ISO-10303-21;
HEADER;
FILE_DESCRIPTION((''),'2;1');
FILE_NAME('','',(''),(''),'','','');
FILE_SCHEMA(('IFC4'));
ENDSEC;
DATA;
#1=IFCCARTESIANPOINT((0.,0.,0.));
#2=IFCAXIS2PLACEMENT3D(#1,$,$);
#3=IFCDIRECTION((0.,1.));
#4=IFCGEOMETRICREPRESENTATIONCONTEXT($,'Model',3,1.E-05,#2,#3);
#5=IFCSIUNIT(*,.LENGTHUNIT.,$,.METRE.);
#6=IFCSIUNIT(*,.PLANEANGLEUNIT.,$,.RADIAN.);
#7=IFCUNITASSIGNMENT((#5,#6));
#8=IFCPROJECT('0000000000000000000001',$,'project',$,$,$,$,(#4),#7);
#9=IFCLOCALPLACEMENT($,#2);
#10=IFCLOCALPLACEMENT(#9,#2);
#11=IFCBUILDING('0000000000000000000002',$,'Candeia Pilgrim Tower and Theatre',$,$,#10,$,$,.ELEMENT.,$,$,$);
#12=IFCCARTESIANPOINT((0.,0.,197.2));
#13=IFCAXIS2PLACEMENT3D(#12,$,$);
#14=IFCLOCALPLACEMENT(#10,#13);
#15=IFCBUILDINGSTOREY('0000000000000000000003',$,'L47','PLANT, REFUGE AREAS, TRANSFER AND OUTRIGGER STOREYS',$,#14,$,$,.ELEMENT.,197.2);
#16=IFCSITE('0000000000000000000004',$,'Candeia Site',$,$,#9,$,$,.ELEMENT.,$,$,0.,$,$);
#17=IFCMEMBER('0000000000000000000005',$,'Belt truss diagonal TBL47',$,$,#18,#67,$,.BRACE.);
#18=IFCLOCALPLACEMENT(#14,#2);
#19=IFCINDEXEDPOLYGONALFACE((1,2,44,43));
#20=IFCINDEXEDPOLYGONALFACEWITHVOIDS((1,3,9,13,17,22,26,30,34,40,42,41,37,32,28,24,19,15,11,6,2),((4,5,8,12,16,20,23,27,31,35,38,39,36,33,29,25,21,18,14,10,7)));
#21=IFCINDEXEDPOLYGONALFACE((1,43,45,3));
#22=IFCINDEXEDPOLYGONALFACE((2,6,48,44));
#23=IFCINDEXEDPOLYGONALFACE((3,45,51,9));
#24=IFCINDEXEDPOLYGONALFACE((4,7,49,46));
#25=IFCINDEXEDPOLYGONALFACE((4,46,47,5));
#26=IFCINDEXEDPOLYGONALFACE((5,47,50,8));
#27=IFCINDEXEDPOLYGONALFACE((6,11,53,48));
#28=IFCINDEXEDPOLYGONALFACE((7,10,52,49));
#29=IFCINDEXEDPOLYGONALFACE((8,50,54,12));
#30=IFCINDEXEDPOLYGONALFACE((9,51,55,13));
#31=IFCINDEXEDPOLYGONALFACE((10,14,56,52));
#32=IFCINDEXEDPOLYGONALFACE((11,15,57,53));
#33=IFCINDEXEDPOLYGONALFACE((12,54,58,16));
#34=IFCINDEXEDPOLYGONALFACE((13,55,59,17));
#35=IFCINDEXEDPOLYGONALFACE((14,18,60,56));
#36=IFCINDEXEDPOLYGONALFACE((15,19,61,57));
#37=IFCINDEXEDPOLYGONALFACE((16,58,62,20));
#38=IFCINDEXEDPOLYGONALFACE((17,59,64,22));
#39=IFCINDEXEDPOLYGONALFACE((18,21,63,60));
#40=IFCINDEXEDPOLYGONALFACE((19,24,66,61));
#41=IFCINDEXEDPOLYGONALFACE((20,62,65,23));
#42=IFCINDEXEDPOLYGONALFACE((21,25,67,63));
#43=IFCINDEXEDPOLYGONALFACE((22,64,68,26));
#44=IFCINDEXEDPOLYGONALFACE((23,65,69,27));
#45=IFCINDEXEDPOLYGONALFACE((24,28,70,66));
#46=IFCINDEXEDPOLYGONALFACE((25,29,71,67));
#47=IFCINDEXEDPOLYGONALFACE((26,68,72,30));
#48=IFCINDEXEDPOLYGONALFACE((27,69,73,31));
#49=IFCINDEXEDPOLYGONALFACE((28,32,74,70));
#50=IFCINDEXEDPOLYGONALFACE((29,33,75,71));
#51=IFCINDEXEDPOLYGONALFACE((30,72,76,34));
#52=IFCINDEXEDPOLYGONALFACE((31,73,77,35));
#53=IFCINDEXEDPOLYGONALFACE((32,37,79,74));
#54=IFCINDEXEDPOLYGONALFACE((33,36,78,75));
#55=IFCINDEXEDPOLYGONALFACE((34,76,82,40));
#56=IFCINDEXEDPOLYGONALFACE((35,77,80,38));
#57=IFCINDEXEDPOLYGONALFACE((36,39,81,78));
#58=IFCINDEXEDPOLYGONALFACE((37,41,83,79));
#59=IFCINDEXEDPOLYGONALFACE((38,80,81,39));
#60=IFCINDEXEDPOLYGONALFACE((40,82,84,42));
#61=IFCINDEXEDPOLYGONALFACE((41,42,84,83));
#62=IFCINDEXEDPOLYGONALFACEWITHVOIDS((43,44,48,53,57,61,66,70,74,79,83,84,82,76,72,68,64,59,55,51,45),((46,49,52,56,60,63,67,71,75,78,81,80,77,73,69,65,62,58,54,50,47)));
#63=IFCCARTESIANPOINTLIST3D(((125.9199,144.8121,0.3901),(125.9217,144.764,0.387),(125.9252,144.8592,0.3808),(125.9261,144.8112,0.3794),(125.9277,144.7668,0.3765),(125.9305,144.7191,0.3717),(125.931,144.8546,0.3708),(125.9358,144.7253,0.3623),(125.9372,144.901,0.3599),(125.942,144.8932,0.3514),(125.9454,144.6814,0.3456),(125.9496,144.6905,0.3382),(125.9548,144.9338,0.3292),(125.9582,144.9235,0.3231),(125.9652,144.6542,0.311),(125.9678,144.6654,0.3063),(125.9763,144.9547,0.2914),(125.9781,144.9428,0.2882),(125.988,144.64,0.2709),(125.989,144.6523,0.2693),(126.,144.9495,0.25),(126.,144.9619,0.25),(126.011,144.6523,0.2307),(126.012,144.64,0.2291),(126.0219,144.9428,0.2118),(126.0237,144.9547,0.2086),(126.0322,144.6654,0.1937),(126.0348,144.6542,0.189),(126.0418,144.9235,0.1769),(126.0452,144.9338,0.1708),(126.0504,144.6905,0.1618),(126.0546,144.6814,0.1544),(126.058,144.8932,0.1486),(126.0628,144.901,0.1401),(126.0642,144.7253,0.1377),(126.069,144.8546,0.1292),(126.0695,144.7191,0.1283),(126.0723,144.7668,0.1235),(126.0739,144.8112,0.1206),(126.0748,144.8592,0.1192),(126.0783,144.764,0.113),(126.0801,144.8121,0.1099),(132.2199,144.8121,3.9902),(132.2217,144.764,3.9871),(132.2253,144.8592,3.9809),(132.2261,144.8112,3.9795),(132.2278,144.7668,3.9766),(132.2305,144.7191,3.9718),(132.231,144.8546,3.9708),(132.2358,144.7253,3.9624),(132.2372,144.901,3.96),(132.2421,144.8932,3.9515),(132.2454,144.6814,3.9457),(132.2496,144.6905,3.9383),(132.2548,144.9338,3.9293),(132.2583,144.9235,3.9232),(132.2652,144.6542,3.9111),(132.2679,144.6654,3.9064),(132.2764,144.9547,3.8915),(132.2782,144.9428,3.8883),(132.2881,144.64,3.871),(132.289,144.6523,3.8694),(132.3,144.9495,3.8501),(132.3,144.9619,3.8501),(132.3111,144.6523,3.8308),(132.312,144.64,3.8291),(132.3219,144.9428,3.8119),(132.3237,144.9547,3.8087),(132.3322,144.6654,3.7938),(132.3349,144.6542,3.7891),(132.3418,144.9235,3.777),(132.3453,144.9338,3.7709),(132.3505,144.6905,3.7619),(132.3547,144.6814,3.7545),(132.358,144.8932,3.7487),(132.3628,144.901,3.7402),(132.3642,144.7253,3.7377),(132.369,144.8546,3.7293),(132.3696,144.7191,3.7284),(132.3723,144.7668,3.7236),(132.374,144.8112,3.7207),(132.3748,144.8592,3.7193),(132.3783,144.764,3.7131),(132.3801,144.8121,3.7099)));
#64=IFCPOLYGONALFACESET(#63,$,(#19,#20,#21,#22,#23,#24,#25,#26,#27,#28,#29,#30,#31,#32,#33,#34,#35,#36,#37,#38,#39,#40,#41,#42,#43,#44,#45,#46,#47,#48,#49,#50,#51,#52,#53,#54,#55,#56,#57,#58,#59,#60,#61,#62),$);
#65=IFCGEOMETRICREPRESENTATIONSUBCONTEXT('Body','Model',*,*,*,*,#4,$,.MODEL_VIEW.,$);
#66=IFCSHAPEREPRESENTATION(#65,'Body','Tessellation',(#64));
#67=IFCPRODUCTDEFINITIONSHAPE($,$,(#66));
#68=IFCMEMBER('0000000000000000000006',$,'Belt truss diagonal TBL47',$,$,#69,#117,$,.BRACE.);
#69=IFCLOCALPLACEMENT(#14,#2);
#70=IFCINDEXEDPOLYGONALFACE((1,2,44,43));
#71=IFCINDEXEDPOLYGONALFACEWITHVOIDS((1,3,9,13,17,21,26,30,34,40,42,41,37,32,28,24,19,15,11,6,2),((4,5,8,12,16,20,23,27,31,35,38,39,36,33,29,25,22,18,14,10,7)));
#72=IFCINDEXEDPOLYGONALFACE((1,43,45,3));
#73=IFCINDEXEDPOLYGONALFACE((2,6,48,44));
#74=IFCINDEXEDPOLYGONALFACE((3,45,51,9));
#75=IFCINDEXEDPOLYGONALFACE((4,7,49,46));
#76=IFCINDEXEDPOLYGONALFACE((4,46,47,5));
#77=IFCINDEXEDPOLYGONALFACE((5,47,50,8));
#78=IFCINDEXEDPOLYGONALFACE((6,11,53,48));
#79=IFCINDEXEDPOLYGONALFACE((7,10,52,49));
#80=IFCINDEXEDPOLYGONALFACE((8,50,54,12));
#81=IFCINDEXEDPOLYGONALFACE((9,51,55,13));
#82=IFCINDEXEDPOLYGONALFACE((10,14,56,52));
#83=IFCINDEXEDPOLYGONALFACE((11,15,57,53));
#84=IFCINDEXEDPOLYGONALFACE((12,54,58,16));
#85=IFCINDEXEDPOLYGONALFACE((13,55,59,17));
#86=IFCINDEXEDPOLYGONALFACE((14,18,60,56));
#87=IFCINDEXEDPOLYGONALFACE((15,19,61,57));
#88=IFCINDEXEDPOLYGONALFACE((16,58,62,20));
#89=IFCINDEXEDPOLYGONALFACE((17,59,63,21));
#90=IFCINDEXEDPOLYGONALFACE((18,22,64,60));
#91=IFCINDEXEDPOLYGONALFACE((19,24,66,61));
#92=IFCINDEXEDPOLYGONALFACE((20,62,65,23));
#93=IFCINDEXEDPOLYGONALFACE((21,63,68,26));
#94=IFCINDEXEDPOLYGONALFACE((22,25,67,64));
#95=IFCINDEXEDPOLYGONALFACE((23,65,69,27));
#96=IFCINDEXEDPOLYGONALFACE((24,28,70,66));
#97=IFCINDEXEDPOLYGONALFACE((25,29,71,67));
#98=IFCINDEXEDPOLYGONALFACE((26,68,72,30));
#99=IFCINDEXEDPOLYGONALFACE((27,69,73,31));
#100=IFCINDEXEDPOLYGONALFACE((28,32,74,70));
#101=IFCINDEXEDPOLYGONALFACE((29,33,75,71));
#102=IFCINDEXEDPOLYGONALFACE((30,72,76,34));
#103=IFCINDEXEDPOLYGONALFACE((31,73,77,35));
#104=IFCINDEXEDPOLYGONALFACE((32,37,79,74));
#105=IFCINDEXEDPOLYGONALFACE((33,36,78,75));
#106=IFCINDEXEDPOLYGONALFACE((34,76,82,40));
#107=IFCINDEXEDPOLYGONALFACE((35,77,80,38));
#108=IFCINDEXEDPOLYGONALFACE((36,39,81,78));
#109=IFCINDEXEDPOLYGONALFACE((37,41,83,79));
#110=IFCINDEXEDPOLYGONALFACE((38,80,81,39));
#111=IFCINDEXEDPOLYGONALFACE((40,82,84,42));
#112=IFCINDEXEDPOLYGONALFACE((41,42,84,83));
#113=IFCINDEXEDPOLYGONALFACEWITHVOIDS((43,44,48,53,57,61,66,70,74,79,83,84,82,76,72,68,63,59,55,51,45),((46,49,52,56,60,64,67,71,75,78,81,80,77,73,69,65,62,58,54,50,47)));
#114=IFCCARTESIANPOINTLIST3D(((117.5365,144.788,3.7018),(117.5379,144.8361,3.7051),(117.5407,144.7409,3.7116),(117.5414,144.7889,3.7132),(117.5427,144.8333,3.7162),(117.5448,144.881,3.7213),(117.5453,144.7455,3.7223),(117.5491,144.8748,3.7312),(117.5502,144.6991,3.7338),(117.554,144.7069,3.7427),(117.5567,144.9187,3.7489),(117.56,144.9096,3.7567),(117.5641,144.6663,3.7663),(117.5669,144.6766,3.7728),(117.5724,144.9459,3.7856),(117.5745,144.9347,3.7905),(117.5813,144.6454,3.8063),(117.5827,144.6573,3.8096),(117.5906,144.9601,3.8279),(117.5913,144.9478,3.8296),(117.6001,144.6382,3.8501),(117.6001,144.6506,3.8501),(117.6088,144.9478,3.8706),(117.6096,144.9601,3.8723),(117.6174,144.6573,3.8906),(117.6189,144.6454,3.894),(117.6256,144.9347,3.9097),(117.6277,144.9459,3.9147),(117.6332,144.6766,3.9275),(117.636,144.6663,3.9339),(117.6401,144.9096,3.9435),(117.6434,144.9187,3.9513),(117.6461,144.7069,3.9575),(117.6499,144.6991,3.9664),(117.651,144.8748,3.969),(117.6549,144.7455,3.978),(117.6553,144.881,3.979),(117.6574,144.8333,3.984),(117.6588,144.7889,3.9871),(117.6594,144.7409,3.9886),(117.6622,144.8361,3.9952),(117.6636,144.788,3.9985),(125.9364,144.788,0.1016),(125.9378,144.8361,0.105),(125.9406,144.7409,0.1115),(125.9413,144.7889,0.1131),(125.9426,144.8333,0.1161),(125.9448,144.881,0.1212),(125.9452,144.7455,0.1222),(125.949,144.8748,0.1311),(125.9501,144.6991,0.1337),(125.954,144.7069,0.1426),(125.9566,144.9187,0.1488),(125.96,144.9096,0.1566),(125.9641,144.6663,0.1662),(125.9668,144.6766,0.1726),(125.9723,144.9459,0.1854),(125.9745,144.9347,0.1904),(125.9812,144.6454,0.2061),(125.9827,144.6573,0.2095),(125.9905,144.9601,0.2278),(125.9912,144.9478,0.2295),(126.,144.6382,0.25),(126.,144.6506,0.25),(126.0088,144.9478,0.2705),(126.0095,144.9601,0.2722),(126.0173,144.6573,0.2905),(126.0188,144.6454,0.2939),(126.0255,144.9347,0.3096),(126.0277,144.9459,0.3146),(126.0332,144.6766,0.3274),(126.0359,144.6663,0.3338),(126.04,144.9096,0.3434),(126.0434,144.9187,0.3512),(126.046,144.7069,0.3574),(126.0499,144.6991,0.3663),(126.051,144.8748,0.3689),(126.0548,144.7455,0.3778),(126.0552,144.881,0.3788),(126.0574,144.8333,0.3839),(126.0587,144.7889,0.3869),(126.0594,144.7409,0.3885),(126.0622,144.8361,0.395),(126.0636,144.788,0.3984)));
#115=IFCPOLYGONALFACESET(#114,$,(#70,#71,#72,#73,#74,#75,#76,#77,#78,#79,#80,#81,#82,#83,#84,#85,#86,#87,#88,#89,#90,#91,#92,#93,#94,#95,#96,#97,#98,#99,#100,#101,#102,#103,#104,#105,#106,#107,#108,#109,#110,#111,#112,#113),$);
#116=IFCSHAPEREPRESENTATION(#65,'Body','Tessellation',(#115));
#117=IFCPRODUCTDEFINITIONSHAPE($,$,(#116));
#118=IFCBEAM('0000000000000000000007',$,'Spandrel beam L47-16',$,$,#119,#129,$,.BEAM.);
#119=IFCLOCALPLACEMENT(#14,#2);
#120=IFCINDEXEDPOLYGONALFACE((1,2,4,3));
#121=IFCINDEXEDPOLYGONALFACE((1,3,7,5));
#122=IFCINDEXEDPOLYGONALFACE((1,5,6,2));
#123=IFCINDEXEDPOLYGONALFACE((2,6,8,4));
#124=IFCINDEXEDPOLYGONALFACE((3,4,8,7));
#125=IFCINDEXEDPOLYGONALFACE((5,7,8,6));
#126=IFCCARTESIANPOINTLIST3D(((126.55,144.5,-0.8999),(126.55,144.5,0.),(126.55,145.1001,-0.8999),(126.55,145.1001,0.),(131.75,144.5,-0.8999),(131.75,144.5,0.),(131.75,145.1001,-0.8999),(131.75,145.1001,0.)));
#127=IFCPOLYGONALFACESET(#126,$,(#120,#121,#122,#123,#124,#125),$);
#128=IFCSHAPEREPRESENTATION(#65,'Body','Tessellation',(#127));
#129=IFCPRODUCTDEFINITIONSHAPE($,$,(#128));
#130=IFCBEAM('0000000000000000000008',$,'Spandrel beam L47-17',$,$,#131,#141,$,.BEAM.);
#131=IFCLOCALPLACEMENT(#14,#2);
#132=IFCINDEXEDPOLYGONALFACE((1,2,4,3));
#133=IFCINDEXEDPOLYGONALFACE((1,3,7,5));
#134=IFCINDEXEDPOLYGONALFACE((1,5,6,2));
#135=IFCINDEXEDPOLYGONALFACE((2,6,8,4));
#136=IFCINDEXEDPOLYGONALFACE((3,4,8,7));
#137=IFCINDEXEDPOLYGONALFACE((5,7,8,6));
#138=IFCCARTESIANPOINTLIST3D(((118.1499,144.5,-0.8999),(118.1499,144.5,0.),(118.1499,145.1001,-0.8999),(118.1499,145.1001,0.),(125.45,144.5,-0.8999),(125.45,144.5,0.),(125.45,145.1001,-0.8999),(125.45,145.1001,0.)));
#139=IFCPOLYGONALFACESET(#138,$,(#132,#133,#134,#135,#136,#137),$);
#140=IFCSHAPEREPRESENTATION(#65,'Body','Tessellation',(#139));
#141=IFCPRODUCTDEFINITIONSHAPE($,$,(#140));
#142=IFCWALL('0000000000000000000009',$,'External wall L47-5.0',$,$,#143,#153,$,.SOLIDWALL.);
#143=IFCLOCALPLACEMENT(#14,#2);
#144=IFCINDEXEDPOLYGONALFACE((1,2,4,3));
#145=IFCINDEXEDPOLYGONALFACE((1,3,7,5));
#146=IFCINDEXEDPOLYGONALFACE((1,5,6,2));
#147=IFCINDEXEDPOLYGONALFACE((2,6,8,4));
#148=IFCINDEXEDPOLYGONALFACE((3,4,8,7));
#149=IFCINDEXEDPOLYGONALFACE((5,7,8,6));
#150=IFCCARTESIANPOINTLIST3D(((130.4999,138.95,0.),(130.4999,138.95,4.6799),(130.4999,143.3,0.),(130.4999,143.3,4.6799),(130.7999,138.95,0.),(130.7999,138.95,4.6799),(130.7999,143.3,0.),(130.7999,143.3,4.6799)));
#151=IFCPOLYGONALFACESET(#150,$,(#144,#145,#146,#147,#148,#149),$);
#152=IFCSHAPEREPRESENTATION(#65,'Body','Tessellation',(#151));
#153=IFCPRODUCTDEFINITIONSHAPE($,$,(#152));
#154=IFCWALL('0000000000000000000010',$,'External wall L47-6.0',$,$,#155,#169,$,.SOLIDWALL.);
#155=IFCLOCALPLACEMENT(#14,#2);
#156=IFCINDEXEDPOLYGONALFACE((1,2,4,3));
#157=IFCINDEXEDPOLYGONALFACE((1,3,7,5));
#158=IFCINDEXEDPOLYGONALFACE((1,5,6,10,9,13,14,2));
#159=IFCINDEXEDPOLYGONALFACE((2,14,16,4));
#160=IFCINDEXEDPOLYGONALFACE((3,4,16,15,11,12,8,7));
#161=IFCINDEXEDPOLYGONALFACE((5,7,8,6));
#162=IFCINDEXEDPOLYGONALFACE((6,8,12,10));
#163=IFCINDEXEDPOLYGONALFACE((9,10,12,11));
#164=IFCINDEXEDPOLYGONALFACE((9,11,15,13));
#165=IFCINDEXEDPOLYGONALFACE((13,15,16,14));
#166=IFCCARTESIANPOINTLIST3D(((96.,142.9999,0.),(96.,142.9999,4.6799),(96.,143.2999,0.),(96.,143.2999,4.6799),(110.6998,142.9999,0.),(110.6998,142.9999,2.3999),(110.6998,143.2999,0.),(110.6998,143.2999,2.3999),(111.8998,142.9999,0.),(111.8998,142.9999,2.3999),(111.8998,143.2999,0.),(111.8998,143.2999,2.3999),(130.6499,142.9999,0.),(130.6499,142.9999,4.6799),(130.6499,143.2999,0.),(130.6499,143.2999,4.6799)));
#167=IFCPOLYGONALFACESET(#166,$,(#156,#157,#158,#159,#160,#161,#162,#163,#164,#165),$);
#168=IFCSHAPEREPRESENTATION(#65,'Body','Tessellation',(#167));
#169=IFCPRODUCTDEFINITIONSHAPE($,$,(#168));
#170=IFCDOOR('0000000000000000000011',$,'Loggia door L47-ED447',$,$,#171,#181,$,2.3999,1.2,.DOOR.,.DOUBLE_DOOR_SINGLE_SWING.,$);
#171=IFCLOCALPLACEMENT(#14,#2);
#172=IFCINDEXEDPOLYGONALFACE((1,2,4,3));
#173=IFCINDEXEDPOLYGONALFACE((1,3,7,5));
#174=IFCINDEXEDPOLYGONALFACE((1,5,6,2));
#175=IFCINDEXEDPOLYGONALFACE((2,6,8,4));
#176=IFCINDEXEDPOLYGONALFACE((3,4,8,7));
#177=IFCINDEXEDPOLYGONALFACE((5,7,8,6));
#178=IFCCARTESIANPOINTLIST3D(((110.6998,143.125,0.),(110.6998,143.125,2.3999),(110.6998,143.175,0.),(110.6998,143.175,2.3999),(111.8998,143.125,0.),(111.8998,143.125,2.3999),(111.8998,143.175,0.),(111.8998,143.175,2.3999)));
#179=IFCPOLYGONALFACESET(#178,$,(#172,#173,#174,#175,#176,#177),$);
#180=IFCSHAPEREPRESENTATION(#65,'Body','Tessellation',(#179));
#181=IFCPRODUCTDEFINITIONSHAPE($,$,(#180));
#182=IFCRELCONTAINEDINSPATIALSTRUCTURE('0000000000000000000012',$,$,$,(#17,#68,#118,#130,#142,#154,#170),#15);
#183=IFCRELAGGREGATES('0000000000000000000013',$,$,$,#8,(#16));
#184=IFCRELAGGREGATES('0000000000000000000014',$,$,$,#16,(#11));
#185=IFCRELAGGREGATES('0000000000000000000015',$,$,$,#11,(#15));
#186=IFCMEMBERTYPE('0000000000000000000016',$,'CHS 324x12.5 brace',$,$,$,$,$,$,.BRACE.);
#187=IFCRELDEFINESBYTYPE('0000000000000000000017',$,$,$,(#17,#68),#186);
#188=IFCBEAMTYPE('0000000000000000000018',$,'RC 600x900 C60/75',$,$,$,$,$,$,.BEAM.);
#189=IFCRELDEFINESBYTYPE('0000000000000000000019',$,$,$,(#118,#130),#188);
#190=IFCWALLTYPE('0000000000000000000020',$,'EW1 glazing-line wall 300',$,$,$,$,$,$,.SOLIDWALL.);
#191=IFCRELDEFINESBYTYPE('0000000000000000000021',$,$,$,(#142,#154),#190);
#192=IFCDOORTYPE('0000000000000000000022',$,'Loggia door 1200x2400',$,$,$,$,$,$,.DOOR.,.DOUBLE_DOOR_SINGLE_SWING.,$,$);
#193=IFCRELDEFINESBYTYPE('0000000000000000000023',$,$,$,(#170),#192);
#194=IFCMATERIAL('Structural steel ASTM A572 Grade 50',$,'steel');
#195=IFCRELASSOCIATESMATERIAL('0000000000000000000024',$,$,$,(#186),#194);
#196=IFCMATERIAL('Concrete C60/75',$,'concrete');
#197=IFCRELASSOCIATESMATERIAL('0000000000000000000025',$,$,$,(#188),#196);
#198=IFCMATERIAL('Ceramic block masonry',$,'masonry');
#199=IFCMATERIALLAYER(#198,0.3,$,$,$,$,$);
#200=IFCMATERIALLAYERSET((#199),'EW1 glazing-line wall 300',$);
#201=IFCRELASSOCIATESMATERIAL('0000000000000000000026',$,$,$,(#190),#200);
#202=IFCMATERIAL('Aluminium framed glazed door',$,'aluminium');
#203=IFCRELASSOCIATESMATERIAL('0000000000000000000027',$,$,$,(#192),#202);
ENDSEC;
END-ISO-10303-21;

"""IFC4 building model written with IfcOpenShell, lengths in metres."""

from ifc_helpers import new_model, si_unit, direction, frame, frame_2d, origin, origin_2d, place, context, subcontext, project, spatial, rectangle, hollow_circle, extrude, material, layer, layer_set, material_profile, profile_set, type_object, element, fill, save


model = new_model("IFC4")

# Units and contexts
model_context = context("Model", 3, precision=1e-05, world=origin(), true_north=direction((0.0, 1.0)))
body_context = subcontext(model_context, "Body", "Model", "MODEL_VIEW")
ifc_project = project(units=[si_unit("LENGTHUNIT", "METRE"), si_unit("PLANEANGLEUNIT", "RADIAN")], contexts=[model_context])

# Site, building, storey
site_placement = place(None, origin())
site = spatial("IfcSite", under=ifc_project, at=site_placement, Name="Candeia Site", CompositionType="ELEMENT", RefElevation=0.0)
building_placement = place(site_placement, origin())
building = spatial("IfcBuilding", under=site, at=building_placement, Name="Candeia Pilgrim Tower and Theatre", CompositionType="ELEMENT")
storey_placement = place(building_placement, frame((0.0, 0.0, 197.2)))
storey = spatial("IfcBuildingStorey", under=building, at=storey_placement, Name="L47", Description="PLANT, REFUGE AREAS, TRANSFER AND OUTRIGGER STOREYS", CompositionType="ELEMENT", Elevation=197.2)

# Shared definitions
ifc_material_1 = material(Name="Concrete C60/75", Category="concrete")

# Members
ifc_material_2 = material(Name="Structural steel ASTM A572 Grade 50", Category="steel")
ifc_material_profile_1 = material_profile(ifc_material_2, hollow_circle(Radius=0.1619, WallThickness=0.0125, at=origin_2d()))
ifc_profile_set_1 = profile_set([ifc_material_profile_1], Name="Structural steel ASTM A572 Grade 50")
member_type_1 = type_object("IfcMemberType", Name="CHS 324x12.5 brace", PredefinedType="BRACE", material=ifc_profile_set_1)
member_1_placement = place(storey_placement, frame((126.0, 144.8, 0.25), z_axis=(0.868239, 0.0, 0.496146), x_axis=(0.0, 1.0, 0.0)))
element("IfcMember", 1, at=member_1_placement, inside=storey, type_object=member_type_1, Name="Belt truss diagonal TBL47", PredefinedType="BRACE", context=body_context, shape_type="SweptSolid", body=[
    extrude(hollow_circle(Radius=0.1619, WallThickness=0.0125, at=origin_2d()), origin(), (0.0, 0.0, 1.0), 7.2561),
])
member_2_placement = place(storey_placement, frame((126.0, 144.8, 0.25), z_axis=(-0.91914, 0.0, 0.393932), x_axis=(0.0, -1.0, 0.0)))
element("IfcMember", 2, at=member_2_placement, inside=storey, type_object=member_type_1, Name="Belt truss diagonal TBL47", PredefinedType="BRACE", context=body_context, shape_type="SweptSolid", body=[
    extrude(hollow_circle(Radius=0.1619, WallThickness=0.0125, at=origin_2d()), origin(), (0.0, 0.0, 1.0), 9.1389),
])

# Beams
ifc_material_profile_2 = material_profile(ifc_material_1, rectangle(XDim=0.6001, YDim=0.8999, at=origin_2d()))
ifc_profile_set_2 = profile_set([ifc_material_profile_2], Name="Concrete C60/75")
beam_type = type_object("IfcBeamType", Name="RC 600x900 C60/75", PredefinedType="BEAM", material=ifc_profile_set_2)
beam_1_placement = place(storey_placement, frame((131.75, 144.8, -0.45), z_axis=(-1.0, 0.0, 0.0), x_axis=(0.0, -1.0, 0.0)))
element("IfcBeam", 3, at=beam_1_placement, inside=storey, type_object=beam_type, Name="Spandrel beam L47-16", PredefinedType="BEAM", context=body_context, shape_type="SweptSolid", body=[
    extrude(rectangle(XDim=0.6001, YDim=0.8999, at=origin_2d()), origin(), (0.0, 0.0, 1.0), 5.2),
])
beam_2_placement = place(storey_placement, frame((125.45, 144.8, -0.45), z_axis=(-1.0, 0.0, 0.0), x_axis=(0.0, -1.0, 0.0)))
element("IfcBeam", 4, at=beam_2_placement, inside=storey, type_object=beam_type, Name="Spandrel beam L47-17", PredefinedType="BEAM", context=body_context, shape_type="SweptSolid", body=[
    extrude(rectangle(XDim=0.6001, YDim=0.8999, at=origin_2d()), origin(), (0.0, 0.0, 1.0), 7.3),
])

# Wall
ifc_material_3 = material(Name="Ceramic block masonry", Category="masonry")
ifc_layer_1 = layer(ifc_material_3, 0.3)
ifc_layer_set_1 = layer_set([ifc_layer_1], Name="EW1 glazing-line wall 300")
wall_type_1 = type_object("IfcWallType", Name="EW1 glazing-line wall 300", PredefinedType="SOLIDWALL", material=ifc_layer_set_1)
wall_1_placement = place(storey_placement, frame((130.6499, 138.95, 0.0), z_axis=(0.0, 0.0, 1.0), x_axis=(0.0, 1.0, 0.0)))
element("IfcWall", 5, at=wall_1_placement, inside=storey, type_object=wall_type_1, Name="External wall L47-5.0", PredefinedType="SOLIDWALL", context=body_context, shape_type="SweptSolid", body=[
    extrude(rectangle(XDim=4.3501, YDim=0.3, at=frame_2d((2.175, 0.0))), origin(), (0.0, 0.0, 1.0), 4.6799),
])

# Wall, opening, door
wall_2_placement = place(storey_placement, frame((130.6499, 143.1499, 0.0), z_axis=(0.0, 0.0, 1.0), x_axis=(-1.0, 0.0, 0.0)))
wall_2 = element("IfcWall", 6, at=wall_2_placement, inside=storey, type_object=wall_type_1, Name="External wall L47-6.0", PredefinedType="SOLIDWALL", context=body_context, shape_type="SweptSolid", body=[
    extrude(rectangle(XDim=34.6499, YDim=0.3, at=frame_2d((17.325, 0.0))), origin(), (0.0, 0.0, 1.0), 4.6799),
])
opening_placement = place(wall_2_placement, frame((18.75, 0.0, 0.0)))
opening = element("IfcOpeningElement", 7, at=opening_placement, cuts=wall_2, PredefinedType="OPENING", context=body_context, shape_type="SweptSolid", body=[
    extrude(rectangle(XDim=1.2, YDim=2.3999, at=frame_2d((0.6001, 1.2))), frame((0.0, 0.1602, 0.0), z_axis=(0.0, -1.0, 0.0), x_axis=(1.0, 0.0, 0.0)), (0.0, 0.0, 1.0), 0.3201),
])
ifc_material_4 = material(Name="Aluminium framed glazed door", Category="aluminium")
door_type = type_object("IfcDoorType", Name="Loggia door 1200x2400", OperationType="DOUBLE_DOOR_SINGLE_SWING", PredefinedType="DOOR", material=ifc_material_4)
door_placement = place(opening_placement, origin())
door = element("IfcDoor", 8, at=door_placement, inside=storey, type_object=door_type, Name="Loggia door L47-ED447", OperationType="DOUBLE_DOOR_SINGLE_SWING", OverallHeight=2.3999, OverallWidth=1.2, PredefinedType="DOOR", context=body_context, shape_type="SweptSolid", body=[
    extrude(rectangle(XDim=1.2, YDim=2.3999, at=frame_2d((0.6001, 1.2))), frame((0.0, 0.0249, 0.0), z_axis=(0.0, -1.0, 0.0), x_axis=(1.0, 0.0, 0.0)), (0.0, 0.0, 1.0), 0.05),
])
fill(opening, door)

save(model, "model.ifc")
